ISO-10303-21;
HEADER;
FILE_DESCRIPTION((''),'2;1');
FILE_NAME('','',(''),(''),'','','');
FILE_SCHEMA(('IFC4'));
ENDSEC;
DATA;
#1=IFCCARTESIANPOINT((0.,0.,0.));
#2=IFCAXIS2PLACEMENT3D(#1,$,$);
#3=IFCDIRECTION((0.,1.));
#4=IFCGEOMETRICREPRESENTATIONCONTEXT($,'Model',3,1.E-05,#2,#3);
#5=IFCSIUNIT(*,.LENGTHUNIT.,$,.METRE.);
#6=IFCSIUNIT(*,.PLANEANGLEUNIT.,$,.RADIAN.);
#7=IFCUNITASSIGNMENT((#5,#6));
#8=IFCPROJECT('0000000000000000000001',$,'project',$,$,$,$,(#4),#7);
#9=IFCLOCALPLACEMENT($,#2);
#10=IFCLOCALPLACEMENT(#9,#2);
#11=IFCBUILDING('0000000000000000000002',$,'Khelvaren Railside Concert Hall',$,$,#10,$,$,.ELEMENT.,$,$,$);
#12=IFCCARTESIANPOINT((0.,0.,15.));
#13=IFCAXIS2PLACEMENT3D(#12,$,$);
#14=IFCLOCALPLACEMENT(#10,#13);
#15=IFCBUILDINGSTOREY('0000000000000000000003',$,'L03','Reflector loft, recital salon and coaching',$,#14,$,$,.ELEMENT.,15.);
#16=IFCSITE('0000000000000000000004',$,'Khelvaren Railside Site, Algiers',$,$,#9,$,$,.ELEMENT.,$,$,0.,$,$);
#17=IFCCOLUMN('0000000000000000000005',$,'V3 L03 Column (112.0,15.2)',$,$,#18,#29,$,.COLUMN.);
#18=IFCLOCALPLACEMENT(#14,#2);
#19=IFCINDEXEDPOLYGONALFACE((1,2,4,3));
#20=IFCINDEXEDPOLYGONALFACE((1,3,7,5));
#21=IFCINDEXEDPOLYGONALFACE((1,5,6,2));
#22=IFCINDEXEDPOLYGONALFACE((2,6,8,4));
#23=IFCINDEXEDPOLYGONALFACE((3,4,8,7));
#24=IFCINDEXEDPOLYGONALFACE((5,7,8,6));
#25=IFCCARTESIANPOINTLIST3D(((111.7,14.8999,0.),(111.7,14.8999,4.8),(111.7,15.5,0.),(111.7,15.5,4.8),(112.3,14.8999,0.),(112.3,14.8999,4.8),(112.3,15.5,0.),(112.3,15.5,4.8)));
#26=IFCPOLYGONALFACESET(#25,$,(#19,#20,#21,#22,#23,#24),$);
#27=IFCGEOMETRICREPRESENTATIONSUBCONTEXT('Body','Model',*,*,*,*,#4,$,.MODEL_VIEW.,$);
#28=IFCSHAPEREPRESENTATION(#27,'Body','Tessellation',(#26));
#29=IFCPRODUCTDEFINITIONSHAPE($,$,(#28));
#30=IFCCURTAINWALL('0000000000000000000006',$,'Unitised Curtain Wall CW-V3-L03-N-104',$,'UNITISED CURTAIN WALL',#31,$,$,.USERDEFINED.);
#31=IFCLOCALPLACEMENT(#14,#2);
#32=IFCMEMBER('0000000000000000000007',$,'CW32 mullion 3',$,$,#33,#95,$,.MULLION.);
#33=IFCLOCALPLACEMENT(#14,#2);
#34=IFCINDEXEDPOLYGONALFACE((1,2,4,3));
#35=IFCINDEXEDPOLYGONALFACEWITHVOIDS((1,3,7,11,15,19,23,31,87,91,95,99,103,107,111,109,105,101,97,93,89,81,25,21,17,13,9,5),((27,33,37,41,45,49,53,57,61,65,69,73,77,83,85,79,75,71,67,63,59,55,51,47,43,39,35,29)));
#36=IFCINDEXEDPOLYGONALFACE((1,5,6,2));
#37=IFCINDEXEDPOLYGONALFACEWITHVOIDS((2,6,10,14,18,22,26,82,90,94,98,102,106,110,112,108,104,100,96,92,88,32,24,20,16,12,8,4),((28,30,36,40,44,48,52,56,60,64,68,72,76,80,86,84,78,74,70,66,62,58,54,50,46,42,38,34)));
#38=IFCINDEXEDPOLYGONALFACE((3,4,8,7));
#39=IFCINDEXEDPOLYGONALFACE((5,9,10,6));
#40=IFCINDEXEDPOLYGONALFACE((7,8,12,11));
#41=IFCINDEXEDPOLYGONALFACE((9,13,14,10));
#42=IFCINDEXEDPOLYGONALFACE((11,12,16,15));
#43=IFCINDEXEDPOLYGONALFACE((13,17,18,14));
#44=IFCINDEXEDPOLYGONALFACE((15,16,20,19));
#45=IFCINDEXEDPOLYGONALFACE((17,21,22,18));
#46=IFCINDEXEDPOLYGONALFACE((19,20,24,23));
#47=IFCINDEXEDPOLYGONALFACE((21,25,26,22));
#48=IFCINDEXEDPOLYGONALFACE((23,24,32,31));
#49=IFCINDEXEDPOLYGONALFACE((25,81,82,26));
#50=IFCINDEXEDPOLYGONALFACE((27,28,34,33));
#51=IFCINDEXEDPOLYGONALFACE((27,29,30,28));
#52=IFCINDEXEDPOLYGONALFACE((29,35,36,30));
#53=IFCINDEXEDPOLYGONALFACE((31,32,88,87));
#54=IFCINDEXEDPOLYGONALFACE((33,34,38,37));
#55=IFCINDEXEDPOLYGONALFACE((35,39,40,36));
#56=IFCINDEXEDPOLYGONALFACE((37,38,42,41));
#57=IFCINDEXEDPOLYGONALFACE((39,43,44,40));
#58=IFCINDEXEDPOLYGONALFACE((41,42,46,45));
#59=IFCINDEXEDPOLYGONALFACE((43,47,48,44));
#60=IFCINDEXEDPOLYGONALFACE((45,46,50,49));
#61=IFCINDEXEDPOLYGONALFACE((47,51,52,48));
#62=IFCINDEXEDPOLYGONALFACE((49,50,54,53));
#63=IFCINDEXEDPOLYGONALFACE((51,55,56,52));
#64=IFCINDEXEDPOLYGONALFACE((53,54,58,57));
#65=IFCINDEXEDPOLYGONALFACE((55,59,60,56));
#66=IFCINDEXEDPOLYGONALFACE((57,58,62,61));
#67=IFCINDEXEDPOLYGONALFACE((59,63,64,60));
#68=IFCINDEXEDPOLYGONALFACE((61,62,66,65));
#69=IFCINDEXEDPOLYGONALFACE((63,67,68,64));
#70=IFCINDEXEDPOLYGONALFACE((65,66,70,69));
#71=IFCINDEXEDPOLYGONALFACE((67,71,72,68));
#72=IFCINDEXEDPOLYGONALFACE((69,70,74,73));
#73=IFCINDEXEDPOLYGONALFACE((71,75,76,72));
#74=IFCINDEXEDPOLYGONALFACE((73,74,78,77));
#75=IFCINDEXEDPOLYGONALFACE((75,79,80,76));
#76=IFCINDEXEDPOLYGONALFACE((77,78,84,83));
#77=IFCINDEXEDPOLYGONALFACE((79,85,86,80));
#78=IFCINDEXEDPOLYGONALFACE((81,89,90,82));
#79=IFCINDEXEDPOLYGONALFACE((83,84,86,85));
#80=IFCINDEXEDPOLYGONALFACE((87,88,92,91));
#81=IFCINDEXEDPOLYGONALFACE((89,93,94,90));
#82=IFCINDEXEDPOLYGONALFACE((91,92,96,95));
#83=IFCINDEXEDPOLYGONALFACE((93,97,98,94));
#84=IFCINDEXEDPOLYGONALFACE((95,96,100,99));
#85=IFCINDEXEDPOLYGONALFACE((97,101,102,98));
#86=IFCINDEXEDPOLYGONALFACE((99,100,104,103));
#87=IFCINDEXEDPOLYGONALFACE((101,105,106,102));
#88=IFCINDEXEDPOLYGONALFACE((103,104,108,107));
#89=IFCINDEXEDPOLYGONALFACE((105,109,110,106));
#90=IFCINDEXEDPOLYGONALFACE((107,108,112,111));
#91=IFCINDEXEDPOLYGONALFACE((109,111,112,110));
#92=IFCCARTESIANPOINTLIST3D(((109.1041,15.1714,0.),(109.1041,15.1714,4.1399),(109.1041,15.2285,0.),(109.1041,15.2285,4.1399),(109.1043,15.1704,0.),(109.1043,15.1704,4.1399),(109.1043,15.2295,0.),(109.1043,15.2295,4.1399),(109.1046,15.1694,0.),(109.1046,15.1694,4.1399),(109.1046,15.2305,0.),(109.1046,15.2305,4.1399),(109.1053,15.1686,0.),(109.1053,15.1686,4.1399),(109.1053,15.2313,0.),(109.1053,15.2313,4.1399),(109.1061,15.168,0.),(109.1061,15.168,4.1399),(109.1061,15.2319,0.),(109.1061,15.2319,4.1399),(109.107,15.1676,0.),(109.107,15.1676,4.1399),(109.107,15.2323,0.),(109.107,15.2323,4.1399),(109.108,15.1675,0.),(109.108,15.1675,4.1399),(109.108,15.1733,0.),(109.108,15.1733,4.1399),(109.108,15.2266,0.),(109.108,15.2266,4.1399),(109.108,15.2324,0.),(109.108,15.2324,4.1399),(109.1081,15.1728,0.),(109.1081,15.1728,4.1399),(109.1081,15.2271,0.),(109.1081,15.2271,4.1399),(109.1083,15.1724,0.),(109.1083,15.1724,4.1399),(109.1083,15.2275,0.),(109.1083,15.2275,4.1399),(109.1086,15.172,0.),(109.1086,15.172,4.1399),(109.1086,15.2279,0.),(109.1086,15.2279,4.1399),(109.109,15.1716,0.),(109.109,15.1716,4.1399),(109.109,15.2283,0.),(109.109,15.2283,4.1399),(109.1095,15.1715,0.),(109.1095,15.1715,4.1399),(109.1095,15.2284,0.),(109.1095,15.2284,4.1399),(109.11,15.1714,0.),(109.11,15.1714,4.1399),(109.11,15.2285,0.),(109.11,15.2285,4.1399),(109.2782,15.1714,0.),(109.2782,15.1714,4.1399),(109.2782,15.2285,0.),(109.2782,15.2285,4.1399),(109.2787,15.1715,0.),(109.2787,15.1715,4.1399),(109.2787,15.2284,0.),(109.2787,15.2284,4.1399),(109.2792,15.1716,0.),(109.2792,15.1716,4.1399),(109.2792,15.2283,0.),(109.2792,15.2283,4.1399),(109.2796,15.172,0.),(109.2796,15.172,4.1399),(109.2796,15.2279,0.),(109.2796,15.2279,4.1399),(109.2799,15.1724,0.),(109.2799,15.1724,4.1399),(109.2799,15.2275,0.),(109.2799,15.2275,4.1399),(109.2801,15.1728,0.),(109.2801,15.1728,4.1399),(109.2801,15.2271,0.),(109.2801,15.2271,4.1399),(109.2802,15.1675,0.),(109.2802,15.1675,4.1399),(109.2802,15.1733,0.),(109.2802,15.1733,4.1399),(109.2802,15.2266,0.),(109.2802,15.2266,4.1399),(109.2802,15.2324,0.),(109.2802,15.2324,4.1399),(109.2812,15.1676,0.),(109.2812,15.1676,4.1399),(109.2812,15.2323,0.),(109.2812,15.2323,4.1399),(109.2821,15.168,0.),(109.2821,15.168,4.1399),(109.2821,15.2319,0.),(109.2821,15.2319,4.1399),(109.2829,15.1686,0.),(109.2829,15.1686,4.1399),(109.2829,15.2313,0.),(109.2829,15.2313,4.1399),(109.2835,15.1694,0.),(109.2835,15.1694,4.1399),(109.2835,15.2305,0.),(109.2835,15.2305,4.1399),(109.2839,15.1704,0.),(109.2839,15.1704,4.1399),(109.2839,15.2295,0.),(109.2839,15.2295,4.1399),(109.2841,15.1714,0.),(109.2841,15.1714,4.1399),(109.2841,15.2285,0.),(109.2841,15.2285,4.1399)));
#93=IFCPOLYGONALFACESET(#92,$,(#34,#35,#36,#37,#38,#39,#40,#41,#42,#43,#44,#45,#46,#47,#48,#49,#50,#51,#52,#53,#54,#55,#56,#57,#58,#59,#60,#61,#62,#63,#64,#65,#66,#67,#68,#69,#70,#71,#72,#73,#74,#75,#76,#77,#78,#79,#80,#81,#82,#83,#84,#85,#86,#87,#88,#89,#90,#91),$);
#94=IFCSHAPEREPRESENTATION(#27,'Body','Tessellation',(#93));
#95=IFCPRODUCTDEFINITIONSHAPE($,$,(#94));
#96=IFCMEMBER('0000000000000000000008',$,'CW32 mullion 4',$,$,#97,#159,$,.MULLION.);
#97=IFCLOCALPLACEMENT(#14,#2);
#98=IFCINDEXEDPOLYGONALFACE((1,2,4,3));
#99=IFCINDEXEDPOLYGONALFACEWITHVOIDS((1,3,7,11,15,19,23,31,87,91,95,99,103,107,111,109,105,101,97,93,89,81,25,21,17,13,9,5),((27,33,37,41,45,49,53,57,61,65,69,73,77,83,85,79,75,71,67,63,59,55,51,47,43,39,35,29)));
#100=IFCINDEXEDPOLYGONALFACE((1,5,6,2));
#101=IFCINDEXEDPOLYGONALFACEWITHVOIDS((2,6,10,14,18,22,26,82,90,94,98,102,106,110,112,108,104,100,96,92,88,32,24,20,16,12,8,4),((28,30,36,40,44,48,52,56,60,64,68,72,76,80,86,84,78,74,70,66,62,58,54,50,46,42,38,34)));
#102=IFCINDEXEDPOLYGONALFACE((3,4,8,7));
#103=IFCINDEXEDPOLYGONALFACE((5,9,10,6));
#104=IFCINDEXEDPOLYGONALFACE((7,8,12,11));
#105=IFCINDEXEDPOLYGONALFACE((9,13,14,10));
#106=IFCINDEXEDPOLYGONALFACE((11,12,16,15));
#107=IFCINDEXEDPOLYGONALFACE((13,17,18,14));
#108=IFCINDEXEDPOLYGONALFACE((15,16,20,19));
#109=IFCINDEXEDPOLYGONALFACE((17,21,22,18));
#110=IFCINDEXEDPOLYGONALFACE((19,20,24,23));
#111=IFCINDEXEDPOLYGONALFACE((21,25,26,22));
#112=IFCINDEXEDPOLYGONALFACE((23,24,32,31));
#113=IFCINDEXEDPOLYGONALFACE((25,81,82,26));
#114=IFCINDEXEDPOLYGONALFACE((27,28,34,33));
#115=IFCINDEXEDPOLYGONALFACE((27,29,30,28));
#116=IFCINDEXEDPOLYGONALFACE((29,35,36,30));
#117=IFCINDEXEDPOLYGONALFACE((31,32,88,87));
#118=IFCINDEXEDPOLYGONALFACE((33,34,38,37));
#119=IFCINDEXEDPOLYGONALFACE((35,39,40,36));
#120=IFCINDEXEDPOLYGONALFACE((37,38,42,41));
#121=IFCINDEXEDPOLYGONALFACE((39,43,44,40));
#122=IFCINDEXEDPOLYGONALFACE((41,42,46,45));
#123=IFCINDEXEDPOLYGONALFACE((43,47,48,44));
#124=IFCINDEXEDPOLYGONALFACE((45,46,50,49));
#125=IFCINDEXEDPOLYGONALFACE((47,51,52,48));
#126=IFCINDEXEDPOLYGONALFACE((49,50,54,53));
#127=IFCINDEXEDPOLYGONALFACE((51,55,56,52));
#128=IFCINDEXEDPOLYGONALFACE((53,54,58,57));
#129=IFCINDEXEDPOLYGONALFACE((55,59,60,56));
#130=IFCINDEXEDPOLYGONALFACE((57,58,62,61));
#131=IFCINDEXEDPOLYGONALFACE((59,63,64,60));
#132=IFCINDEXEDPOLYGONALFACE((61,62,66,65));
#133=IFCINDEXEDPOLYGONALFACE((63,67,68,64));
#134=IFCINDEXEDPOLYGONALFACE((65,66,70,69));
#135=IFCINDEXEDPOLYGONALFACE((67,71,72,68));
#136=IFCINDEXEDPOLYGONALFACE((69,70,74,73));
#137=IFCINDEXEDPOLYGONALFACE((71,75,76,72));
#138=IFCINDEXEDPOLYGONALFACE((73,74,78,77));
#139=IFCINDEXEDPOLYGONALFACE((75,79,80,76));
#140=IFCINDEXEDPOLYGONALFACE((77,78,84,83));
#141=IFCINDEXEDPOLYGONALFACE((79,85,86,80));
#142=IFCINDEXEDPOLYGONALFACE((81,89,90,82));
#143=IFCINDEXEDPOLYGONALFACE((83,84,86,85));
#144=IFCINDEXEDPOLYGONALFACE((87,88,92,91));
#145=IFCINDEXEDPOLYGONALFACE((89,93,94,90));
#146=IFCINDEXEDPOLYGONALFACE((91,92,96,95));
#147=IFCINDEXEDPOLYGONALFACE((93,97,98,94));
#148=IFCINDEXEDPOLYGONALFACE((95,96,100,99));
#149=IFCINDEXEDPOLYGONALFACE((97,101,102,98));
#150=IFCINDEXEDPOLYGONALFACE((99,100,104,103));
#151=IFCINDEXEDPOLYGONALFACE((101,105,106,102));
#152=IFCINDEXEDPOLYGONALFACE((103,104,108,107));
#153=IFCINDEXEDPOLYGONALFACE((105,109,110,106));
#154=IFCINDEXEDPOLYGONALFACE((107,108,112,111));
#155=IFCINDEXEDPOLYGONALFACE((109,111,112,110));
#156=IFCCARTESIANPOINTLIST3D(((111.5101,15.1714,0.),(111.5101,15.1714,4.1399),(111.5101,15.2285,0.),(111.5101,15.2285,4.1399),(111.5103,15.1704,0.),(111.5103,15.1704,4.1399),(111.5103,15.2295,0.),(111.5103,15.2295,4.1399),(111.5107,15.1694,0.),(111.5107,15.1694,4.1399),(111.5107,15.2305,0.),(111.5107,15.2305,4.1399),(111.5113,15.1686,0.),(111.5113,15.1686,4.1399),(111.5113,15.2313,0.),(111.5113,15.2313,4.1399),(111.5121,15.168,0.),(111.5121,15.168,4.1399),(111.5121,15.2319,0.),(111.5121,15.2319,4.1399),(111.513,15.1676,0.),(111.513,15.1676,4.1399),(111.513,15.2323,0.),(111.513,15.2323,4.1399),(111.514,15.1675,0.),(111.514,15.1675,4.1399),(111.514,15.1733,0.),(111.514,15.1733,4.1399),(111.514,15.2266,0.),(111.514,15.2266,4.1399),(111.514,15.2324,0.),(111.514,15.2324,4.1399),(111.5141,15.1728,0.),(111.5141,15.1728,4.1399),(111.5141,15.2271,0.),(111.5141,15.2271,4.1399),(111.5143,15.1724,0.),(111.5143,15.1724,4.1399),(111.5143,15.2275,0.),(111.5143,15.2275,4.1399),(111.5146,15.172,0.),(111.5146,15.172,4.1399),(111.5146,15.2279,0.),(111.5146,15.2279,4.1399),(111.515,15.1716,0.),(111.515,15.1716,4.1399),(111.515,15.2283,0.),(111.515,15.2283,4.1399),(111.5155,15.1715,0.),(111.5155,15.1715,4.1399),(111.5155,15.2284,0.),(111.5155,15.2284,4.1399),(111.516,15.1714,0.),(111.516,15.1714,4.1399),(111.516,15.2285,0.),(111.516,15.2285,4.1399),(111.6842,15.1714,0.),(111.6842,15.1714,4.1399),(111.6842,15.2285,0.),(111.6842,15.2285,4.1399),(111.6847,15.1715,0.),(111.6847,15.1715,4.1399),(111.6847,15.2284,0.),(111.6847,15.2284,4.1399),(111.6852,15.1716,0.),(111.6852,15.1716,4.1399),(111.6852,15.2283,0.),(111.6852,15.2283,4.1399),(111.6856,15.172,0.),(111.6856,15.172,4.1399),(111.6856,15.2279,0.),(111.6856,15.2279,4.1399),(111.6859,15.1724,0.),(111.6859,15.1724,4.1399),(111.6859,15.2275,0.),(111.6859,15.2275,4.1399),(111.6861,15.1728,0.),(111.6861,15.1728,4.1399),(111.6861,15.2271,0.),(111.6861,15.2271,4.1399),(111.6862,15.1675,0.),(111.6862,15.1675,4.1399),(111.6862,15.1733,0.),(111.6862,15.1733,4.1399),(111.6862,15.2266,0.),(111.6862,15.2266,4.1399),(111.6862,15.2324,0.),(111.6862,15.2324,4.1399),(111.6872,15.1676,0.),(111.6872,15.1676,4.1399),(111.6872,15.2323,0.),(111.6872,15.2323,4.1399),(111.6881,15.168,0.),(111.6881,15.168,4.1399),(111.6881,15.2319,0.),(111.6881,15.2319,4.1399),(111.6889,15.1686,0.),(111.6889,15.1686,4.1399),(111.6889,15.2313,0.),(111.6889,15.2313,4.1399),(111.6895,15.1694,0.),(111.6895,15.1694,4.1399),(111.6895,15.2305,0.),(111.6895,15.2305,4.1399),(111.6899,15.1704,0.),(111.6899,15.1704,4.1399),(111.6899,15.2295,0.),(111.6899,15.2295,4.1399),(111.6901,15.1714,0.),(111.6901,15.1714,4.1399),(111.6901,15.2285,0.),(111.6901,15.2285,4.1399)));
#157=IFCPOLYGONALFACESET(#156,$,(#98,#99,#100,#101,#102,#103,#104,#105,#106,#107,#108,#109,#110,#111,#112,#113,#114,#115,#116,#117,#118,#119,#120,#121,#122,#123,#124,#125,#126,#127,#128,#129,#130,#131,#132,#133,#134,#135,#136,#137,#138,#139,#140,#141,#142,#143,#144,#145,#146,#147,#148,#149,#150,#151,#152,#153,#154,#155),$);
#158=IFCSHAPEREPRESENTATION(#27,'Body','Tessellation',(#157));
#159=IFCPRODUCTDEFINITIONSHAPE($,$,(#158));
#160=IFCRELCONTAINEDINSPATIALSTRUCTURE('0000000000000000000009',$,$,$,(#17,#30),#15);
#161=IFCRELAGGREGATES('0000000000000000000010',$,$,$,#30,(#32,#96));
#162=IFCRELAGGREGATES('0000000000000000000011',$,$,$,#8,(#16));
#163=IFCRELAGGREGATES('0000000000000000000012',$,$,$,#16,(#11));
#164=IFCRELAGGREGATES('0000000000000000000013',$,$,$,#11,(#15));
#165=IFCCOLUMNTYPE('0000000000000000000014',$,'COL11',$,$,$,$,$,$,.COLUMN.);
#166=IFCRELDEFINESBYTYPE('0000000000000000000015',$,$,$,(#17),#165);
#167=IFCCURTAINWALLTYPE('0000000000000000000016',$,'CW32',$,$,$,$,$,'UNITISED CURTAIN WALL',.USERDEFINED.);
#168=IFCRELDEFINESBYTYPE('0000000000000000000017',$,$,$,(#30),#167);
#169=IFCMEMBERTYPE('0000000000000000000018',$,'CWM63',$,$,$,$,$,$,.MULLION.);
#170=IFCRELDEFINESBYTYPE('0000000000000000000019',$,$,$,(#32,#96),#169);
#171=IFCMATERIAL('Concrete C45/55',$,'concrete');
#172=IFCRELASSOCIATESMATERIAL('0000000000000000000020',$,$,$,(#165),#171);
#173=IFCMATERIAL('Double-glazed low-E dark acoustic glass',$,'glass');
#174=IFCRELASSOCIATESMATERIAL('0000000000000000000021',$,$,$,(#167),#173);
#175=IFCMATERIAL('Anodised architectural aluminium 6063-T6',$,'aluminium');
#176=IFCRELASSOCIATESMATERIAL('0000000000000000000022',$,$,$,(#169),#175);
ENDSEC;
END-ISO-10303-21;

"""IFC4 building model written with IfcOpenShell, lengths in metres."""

from ifc_helpers import new_model, si_unit, direction, frame, origin, origin_2d, place, context, subcontext, project, spatial, rectangle, hollow_rectangle, extrude, material, material_profile, profile_set, type_object, element, aggregate, save


model = new_model("IFC4")

# Units and contexts
model_context = context("Model", 3, precision=1e-05, world=origin(), true_north=direction((0.0, 1.0)))
body_context = subcontext(model_context, "Body", "Model", "MODEL_VIEW")
ifc_project = project(units=[si_unit("LENGTHUNIT", "METRE"), si_unit("PLANEANGLEUNIT", "RADIAN")], contexts=[model_context])

# Site, building, storey
site_placement = place(None, origin())
site = spatial("IfcSite", under=ifc_project, at=site_placement, Name="Khelvaren Railside Site, Algiers", CompositionType="ELEMENT", RefElevation=0.0)
building_placement = place(site_placement, origin())
building = spatial("IfcBuilding", under=site, at=building_placement, Name="Khelvaren Railside Concert Hall", CompositionType="ELEMENT")
storey_placement = place(building_placement, frame((0.0, 0.0, 15.0)))
storey = spatial("IfcBuildingStorey", under=building, at=storey_placement, Name="L03", Description="Reflector loft, recital salon and coaching", CompositionType="ELEMENT", Elevation=15.0)

# Column
ifc_material_1 = material(Name="Concrete C45/55", Category="concrete")
ifc_material_profile_1 = material_profile(ifc_material_1, rectangle(XDim=0.6001, YDim=0.6001, at=origin_2d()), Name="RC 600x600")
ifc_profile_set_1 = profile_set([ifc_material_profile_1], Name="Concrete C45/55")
column_type = type_object("IfcColumnType", Name="COL11", PredefinedType="COLUMN", material=ifc_profile_set_1)
column_placement = place(storey_placement, frame((112.0, 15.2, 0.0), z_axis=(0.0, 0.0, 1.0), x_axis=(1.0, 0.0, 0.0)))
element("IfcColumn", 1, at=column_placement, inside=storey, type_object=column_type, Name="V3 L03 Column (112.0,15.2)", PredefinedType="COLUMN", context=body_context, shape_type="SweptSolid", body=[
    extrude(rectangle(XDim=0.6001, YDim=0.6001, at=origin_2d()), origin(), (0.0, 0.0, 1.0), 4.8),
])

# Curtain wall, members
ifc_material_2 = material(Name="Double-glazed low-E dark acoustic glass", Category="glass")
curtain_wall_type_1 = type_object("IfcCurtainWallType", Name="CW32", ElementType="UNITISED CURTAIN WALL", PredefinedType="USERDEFINED", material=ifc_material_2)
curtain_wall_1_placement = place(storey_placement, origin())
curtain_wall_1 = element("IfcCurtainWall", 2, at=curtain_wall_1_placement, inside=storey, type_object=curtain_wall_type_1, Name="Unitised Curtain Wall CW-V3-L03-N-104", ObjectType="UNITISED CURTAIN WALL", PredefinedType="USERDEFINED")
ifc_material_3 = material(Name="Anodised architectural aluminium 6063-T6", Category="aluminium")
ifc_material_profile_2 = material_profile(ifc_material_3, hollow_rectangle(XDim=0.0649, YDim=0.1799, WallThickness=0.0039, InnerFilletRadius=0.002, OuterFilletRadius=0.0039, at=origin_2d()), Name="CWM 65x180x4")
ifc_profile_set_2 = profile_set([ifc_material_profile_2], Name="Anodised architectural aluminium 6063-T6")
member_type_1 = type_object("IfcMemberType", Name="CWM63", PredefinedType="MULLION", material=ifc_profile_set_2)
member_1_placement = place(storey_placement, frame((109.1941, 15.2, 0.0), z_axis=(0.0, 0.0, 1.0), x_axis=(0.0, 1.0, 0.0)))
member_1 = element("IfcMember", 3, at=member_1_placement, type_object=member_type_1, Name="CW32 mullion 3", PredefinedType="MULLION", context=body_context, shape_type="SweptSolid", body=[
    extrude(hollow_rectangle(XDim=0.0649, YDim=0.1799, WallThickness=0.0039, InnerFilletRadius=0.002, OuterFilletRadius=0.0039, at=origin_2d()), origin(), (0.0, 0.0, 1.0), 4.1399),
])
member_2_placement = place(storey_placement, frame((111.6001, 15.2, 0.0), z_axis=(0.0, 0.0, 1.0), x_axis=(0.0, 1.0, 0.0)))
member_2 = element("IfcMember", 4, at=member_2_placement, type_object=member_type_1, Name="CW32 mullion 4", PredefinedType="MULLION", context=body_context, shape_type="SweptSolid", body=[
    extrude(hollow_rectangle(XDim=0.0649, YDim=0.1799, WallThickness=0.0039, InnerFilletRadius=0.002, OuterFilletRadius=0.0039, at=origin_2d()), origin(), (0.0, 0.0, 1.0), 4.1399),
])

aggregate(curtain_wall_1, [member_1, member_2])

save(model, "model.ifc")
